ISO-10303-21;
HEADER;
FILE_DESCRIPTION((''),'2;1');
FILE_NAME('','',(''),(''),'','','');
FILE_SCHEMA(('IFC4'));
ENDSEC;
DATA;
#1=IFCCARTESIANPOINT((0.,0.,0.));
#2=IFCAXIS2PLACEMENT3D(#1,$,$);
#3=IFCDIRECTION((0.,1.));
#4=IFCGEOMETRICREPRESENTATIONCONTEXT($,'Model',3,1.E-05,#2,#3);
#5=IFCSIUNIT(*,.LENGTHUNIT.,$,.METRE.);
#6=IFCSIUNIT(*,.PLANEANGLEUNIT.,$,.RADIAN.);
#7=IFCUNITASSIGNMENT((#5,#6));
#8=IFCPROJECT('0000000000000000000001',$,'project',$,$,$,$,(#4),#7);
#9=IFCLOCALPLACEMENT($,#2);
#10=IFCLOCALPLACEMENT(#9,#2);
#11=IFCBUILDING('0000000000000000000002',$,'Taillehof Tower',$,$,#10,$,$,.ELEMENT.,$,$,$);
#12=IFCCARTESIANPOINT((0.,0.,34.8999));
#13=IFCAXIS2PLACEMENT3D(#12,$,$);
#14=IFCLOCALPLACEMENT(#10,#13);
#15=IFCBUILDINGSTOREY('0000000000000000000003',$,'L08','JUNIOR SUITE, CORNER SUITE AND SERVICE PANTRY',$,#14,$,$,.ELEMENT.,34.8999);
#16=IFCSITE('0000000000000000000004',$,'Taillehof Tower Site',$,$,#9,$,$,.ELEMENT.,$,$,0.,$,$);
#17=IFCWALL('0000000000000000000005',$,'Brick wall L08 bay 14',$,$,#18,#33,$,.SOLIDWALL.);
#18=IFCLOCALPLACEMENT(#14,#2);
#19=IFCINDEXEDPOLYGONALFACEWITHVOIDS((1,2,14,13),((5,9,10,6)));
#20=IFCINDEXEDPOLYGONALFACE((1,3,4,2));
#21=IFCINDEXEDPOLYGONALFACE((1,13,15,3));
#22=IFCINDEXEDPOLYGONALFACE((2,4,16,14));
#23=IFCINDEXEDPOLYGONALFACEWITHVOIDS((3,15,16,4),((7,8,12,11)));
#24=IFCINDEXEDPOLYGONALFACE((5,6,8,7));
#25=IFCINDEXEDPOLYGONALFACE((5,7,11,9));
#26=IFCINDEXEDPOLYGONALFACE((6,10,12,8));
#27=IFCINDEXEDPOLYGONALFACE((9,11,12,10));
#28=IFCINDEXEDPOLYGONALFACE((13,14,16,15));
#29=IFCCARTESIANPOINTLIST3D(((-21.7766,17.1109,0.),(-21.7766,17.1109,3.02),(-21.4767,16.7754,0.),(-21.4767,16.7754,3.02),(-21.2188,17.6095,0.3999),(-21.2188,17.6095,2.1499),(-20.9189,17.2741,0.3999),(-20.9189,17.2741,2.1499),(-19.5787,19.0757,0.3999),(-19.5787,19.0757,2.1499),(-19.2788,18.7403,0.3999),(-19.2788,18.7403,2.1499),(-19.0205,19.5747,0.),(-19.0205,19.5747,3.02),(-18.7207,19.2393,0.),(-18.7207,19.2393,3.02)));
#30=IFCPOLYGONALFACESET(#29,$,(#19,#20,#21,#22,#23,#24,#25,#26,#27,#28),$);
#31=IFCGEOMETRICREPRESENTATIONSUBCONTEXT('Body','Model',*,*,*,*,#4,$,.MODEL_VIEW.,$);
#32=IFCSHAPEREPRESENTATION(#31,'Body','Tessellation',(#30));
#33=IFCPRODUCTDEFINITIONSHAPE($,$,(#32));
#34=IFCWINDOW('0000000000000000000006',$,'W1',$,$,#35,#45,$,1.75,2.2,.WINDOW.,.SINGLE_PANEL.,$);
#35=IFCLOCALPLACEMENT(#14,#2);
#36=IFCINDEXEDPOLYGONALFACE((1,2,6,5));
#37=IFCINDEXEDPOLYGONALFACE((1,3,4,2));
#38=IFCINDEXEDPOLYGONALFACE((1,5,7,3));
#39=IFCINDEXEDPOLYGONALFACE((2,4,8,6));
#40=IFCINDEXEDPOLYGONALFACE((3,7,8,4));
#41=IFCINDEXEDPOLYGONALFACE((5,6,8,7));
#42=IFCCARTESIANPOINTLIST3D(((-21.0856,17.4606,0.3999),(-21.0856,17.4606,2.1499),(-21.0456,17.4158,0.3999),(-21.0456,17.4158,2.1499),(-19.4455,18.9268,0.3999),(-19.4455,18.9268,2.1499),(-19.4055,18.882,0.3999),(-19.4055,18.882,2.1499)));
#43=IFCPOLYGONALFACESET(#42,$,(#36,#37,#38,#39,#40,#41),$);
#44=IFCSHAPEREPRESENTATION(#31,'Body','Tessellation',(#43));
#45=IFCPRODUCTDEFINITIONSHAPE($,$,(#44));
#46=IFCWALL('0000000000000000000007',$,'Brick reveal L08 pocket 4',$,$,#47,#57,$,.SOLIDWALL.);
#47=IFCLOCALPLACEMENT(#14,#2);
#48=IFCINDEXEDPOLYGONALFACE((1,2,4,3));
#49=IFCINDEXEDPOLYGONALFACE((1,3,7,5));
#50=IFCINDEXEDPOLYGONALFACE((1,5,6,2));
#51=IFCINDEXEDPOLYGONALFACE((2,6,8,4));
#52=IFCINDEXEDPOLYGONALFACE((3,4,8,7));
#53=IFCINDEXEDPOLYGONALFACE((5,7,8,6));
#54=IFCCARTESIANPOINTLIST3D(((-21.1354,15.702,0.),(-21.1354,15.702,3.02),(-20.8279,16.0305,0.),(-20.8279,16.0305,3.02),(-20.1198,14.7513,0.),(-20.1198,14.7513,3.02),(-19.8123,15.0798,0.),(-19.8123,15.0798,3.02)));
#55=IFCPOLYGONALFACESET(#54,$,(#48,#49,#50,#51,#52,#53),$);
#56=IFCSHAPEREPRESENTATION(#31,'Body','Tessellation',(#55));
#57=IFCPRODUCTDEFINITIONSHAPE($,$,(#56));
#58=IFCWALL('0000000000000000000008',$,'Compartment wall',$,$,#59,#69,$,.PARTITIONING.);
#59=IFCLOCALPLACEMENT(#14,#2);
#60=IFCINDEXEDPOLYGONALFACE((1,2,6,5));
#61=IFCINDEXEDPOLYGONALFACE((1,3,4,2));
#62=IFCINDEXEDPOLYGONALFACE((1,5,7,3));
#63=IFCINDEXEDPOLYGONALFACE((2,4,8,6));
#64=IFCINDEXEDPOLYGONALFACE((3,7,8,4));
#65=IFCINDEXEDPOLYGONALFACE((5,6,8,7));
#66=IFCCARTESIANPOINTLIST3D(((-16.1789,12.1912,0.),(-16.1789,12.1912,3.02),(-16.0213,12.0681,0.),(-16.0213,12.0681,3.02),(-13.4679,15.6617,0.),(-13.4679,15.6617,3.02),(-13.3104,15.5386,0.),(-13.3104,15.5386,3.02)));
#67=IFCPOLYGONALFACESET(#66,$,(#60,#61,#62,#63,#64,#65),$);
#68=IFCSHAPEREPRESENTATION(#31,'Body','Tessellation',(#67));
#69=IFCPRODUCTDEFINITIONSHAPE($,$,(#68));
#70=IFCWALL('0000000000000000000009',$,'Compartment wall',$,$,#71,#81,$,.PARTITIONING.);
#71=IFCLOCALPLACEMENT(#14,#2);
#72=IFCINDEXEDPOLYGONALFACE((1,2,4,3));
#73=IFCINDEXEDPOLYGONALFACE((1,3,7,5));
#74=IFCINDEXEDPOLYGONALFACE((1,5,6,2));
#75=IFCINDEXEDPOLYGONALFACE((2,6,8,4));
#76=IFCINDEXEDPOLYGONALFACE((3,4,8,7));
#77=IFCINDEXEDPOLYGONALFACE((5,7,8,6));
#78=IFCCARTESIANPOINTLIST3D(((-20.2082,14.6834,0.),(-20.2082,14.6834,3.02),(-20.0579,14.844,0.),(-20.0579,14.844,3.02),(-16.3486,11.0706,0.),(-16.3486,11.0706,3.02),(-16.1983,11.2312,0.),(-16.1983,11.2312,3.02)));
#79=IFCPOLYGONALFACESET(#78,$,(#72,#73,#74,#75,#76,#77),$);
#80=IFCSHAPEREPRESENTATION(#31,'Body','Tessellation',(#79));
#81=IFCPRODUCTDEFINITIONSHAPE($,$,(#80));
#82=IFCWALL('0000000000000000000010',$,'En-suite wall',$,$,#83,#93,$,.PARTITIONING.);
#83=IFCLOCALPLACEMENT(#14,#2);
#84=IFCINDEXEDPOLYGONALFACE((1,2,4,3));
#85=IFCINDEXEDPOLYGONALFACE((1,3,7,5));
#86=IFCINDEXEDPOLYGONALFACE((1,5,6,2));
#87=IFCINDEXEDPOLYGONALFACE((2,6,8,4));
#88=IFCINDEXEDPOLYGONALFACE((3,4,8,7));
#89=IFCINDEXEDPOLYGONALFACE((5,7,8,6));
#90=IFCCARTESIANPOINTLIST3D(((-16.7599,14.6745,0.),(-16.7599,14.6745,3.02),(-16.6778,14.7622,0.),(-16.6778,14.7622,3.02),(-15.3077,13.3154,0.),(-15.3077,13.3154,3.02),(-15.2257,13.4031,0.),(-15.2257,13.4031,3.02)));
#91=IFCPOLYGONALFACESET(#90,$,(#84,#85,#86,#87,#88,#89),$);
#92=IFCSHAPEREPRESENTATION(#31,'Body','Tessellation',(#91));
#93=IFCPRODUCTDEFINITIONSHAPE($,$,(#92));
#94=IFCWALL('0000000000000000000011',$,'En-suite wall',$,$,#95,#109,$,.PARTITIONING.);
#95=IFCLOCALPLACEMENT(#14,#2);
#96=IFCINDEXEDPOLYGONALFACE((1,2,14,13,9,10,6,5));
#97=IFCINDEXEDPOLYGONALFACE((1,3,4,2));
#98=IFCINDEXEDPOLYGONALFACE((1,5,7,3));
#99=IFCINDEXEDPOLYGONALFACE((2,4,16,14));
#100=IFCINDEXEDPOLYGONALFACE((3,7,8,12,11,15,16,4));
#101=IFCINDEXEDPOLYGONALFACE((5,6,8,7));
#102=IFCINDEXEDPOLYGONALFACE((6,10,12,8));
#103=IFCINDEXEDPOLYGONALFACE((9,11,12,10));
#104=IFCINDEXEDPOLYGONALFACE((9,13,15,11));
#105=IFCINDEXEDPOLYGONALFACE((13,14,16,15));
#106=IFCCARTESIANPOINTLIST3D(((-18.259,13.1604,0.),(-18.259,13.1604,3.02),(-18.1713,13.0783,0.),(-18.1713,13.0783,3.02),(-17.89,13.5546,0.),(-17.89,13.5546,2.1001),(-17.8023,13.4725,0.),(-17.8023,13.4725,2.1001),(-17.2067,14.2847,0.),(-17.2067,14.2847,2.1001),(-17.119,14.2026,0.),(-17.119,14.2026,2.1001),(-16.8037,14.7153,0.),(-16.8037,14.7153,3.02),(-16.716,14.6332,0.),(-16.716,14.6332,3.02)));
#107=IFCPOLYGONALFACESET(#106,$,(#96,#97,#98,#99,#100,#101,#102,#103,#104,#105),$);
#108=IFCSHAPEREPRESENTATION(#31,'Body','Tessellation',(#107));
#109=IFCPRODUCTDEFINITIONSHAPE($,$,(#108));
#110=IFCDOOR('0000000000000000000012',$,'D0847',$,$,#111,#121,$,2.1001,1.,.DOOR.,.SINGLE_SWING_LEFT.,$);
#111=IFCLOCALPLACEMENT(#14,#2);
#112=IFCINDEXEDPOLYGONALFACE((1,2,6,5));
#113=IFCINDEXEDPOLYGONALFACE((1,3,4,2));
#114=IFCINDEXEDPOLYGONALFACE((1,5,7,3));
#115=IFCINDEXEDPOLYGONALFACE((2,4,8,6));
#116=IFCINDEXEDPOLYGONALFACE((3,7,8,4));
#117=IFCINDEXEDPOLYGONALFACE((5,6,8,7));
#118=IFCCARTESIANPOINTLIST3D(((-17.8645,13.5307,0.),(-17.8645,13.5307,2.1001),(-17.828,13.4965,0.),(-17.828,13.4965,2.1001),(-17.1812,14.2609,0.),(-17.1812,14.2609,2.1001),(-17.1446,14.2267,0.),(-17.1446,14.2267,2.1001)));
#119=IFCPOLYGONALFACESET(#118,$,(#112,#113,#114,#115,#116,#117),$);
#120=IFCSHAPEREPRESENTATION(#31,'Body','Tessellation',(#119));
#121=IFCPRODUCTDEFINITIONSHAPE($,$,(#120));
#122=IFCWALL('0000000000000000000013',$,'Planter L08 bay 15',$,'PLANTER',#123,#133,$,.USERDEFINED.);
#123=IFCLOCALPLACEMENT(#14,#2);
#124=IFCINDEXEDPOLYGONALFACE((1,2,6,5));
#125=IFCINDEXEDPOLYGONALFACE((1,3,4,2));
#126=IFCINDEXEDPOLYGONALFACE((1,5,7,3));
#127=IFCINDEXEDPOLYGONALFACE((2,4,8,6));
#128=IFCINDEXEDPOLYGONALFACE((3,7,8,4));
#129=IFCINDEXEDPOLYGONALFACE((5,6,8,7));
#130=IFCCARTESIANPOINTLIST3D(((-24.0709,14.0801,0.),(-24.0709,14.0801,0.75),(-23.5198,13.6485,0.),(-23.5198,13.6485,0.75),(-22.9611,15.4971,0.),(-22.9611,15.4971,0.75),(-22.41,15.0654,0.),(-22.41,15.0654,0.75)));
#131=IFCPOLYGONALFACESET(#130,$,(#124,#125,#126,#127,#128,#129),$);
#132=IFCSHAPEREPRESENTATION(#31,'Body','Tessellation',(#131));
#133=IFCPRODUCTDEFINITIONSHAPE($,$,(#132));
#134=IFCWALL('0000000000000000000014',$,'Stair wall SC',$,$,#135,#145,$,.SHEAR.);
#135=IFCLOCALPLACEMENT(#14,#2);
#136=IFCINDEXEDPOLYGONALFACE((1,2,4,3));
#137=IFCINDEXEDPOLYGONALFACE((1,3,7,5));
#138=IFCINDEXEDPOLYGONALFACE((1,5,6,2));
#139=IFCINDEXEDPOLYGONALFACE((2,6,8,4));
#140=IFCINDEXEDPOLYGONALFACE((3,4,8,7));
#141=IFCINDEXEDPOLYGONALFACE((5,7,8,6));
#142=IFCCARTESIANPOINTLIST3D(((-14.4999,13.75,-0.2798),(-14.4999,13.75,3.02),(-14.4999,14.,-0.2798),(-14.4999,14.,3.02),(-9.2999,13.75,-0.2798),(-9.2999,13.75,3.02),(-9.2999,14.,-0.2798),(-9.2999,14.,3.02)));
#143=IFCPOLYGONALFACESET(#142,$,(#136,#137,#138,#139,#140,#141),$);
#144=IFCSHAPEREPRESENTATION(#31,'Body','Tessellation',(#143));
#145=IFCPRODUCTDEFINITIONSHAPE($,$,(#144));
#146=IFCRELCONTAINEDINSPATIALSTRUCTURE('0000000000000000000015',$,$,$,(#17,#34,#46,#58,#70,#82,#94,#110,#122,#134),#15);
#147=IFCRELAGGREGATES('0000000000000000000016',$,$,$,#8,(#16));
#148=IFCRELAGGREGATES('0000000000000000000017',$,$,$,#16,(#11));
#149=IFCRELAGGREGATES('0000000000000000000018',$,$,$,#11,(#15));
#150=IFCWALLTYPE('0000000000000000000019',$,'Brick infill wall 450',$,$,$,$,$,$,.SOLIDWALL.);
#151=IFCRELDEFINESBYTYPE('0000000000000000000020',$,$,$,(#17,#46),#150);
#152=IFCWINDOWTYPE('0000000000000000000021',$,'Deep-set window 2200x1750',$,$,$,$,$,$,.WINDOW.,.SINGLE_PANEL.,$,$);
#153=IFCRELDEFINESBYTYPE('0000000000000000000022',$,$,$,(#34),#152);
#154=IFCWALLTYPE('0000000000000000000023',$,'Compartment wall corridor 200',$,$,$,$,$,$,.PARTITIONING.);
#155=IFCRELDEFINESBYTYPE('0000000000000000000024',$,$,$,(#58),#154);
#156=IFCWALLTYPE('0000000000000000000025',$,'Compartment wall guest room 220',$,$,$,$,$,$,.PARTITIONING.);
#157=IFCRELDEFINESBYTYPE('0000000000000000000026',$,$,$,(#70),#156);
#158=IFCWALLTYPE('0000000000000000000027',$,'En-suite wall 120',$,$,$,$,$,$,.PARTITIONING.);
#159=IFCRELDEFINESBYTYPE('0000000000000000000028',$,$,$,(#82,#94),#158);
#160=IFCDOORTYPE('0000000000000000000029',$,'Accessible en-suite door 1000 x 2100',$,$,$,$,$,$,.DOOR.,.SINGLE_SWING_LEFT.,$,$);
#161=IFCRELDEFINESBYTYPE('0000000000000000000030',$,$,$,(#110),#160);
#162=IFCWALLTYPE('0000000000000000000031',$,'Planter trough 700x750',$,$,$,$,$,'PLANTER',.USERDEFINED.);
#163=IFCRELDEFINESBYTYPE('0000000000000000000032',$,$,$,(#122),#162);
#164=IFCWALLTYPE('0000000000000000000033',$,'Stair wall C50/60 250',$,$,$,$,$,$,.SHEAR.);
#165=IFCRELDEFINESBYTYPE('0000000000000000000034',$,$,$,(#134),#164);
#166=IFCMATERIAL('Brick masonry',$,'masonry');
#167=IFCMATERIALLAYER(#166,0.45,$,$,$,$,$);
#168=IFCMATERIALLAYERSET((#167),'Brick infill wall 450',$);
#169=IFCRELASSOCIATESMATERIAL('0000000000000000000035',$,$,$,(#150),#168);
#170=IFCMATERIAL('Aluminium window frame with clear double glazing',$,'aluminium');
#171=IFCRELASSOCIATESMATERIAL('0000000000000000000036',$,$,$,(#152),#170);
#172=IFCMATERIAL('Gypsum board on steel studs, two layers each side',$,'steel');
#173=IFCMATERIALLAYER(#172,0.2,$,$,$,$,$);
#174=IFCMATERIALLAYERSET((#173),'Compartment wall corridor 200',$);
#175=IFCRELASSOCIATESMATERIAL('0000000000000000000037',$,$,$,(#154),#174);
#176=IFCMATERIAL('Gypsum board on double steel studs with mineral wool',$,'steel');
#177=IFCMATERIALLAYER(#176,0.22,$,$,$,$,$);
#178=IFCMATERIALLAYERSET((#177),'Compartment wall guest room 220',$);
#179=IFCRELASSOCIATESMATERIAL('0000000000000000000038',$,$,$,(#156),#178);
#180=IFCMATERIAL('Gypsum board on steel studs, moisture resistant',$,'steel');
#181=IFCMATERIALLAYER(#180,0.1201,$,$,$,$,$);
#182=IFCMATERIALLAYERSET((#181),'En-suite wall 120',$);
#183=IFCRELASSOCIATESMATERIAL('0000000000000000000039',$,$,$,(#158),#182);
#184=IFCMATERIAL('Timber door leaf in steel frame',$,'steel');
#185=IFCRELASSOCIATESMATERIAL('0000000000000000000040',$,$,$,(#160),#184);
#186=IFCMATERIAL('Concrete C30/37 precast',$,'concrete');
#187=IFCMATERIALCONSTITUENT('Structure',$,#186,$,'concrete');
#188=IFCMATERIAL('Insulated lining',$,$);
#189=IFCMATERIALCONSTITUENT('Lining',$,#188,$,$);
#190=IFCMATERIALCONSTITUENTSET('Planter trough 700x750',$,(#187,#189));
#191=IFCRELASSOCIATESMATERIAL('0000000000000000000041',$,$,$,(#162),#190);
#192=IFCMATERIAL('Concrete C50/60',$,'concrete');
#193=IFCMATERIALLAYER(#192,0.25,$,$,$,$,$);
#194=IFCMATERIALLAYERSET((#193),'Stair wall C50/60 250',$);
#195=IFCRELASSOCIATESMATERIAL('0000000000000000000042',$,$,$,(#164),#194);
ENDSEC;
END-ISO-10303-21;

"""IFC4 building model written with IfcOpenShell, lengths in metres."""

from ifc_helpers import new_model, si_unit, direction, frame, frame_2d, origin, place, context, subcontext, project, spatial, rectangle, extrude, material, layer, layer_set, constituent, constituent_set, type_object, element, fill, save


model = new_model("IFC4")

# Units and contexts
model_context = context("Model", 3, precision=1e-05, world=origin(), true_north=direction((0.0, 1.0)))
body_context = subcontext(model_context, "Body", "Model", "MODEL_VIEW")
ifc_project = project(units=[si_unit("LENGTHUNIT", "METRE"), si_unit("PLANEANGLEUNIT", "RADIAN")], contexts=[model_context])

# Site, building, storey
site_placement = place(None, origin())
site = spatial("IfcSite", under=ifc_project, at=site_placement, Name="Taillehof Tower Site", CompositionType="ELEMENT", RefElevation=0.0)
building_placement = place(site_placement, origin())
building = spatial("IfcBuilding", under=site, at=building_placement, Name="Taillehof Tower", CompositionType="ELEMENT")
storey_placement = place(building_placement, frame((0.0, 0.0, 34.8999)))
storey = spatial("IfcBuildingStorey", under=building, at=storey_placement, Name="L08", Description="JUNIOR SUITE, CORNER SUITE AND SERVICE PANTRY", CompositionType="ELEMENT", Elevation=34.8999)

# Wall, opening, window
ifc_material_1 = material(Name="Brick masonry", Category="masonry")
ifc_layer_1 = layer(ifc_material_1, 0.45)
ifc_layer_set_1 = layer_set([ifc_layer_1], Name="Brick infill wall 450")
wall_type_1 = type_object("IfcWallType", Name="Brick infill wall 450", PredefinedType="SOLIDWALL", material=ifc_layer_set_1)
ifc_material_2 = material(Name="Aluminium window frame with clear double glazing", Category="aluminium")
window_type_1 = type_object("IfcWindowType", Name="Deep-set window 2200x1750", PartitioningType="SINGLE_PANEL", PredefinedType="WINDOW", material=ifc_material_2)
wall_1_placement = place(storey_placement, frame((-18.8706, 19.407, 0.0), z_axis=(0.0, 0.0, 1.0), x_axis=(-0.745526, -0.666476, 0.0)))
wall_1 = element("IfcWall", 1, at=wall_1_placement, inside=storey, type_object=wall_type_1, Name="Brick wall L08 bay 14", PredefinedType="SOLIDWALL", context=body_context, shape_type="SweptSolid", body=[
    extrude(rectangle(XDim=3.6968, YDim=0.45, at=frame_2d((1.8484, 0.0))), origin(), (0.0, 0.0, 1.0), 3.02),
])
opening_1_placement = place(wall_1_placement, frame((0.7485, 0.0, 0.3999)))
opening_1 = element("IfcOpeningElement", 2, at=opening_1_placement, cuts=wall_1, PredefinedType="OPENING", context=body_context, shape_type="SweptSolid", body=[
    extrude(rectangle(XDim=2.2, YDim=1.75, at=frame_2d((1.1001, 0.875))), frame((0.0, 0.2349, 0.0), z_axis=(0.0, -1.0, 0.0), x_axis=(1.0, 0.0, 0.0)), (0.0, 0.0, 1.0), 0.47),
])
window_1_placement = place(opening_1_placement, origin())
window_1 = element("IfcWindow", 3, at=window_1_placement, inside=storey, type_object=window_type_1, Name="W1", OverallHeight=1.75, OverallWidth=2.2, PartitioningType="SINGLE_PANEL", PredefinedType="WINDOW", context=body_context, shape_type="SweptSolid", body=[
    extrude(rectangle(XDim=2.2, YDim=1.75, at=frame_2d((1.1001, 0.875))), frame((0.0, 0.0349, 0.0), z_axis=(0.0, -1.0, 0.0), x_axis=(1.0, 0.0, 0.0)), (0.0, 0.0, 1.0), 0.0601),
])
fill(opening_1, window_1)

# Wall
wall_2_placement = place(storey_placement, frame((-20.9817, 15.8662, 0.0), z_axis=(0.0, 0.0, 1.0), x_axis=(0.730062, -0.683381, 0.0)))
element("IfcWall", 4, at=wall_2_placement, inside=storey, type_object=wall_type_1, Name="Brick reveal L08 pocket 4", PredefinedType="SOLIDWALL", context=body_context, shape_type="SweptSolid", body=[
    extrude(rectangle(XDim=1.3911, YDim=0.45, at=frame_2d((0.6956, 0.0))), origin(), (0.0, 0.0, 1.0), 3.02),
])

# Walls
ifc_material_3 = material(Name="Gypsum board on steel studs, two layers each side", Category="steel")
ifc_layer_2 = layer(ifc_material_3, 0.2)
ifc_layer_set_2 = layer_set([ifc_layer_2], Name="Compartment wall corridor 200")
wall_type_2 = type_object("IfcWallType", Name="Compartment wall corridor 200", PredefinedType="PARTITIONING", material=ifc_layer_set_2)
wall_3_placement = place(storey_placement, frame((-16.1001, 12.1296, 0.0), z_axis=(0.0, 0.0, 1.0), x_axis=(0.615593, 0.788064, 0.0)))
element("IfcWall", 5, at=wall_3_placement, inside=storey, type_object=wall_type_2, Name="Compartment wall", PredefinedType="PARTITIONING", context=body_context, shape_type="SweptSolid", body=[
    extrude(rectangle(XDim=4.4038, YDim=0.2, at=frame_2d((2.2019, 0.0))), origin(), (0.0, 0.0, 1.0), 3.02),
])
ifc_material_4 = material(Name="Gypsum board on double steel studs with mineral wool", Category="steel")
ifc_layer_3 = layer(ifc_material_4, 0.22)
ifc_layer_set_3 = layer_set([ifc_layer_3], Name="Compartment wall guest room 220")
wall_type_3 = type_object("IfcWallType", Name="Compartment wall guest room 220", PredefinedType="PARTITIONING", material=ifc_layer_set_3)
wall_4_placement = place(storey_placement, frame((-20.1331, 14.7637, 0.0), z_axis=(0.0, 0.0, 1.0), x_axis=(0.730066, -0.683377, 0.0)))
element("IfcWall", 6, at=wall_4_placement, inside=storey, type_object=wall_type_3, Name="Compartment wall", PredefinedType="PARTITIONING", context=body_context, shape_type="SweptSolid", body=[
    extrude(rectangle(XDim=5.2866, YDim=0.22, at=frame_2d((2.6433, 0.0))), origin(), (0.0, 0.0, 1.0), 3.02),
])
ifc_material_5 = material(Name="Gypsum board on steel studs, moisture resistant", Category="steel")
ifc_layer_4 = layer(ifc_material_5, 0.1201)
ifc_layer_set_4 = layer_set([ifc_layer_4], Name="En-suite wall 120")
wall_type_4 = type_object("IfcWallType", Name="En-suite wall 120", PredefinedType="PARTITIONING", material=ifc_layer_set_4)
wall_5_placement = place(storey_placement, frame((-15.2666, 13.3591, 0.0), z_axis=(0.0, 0.0, 1.0), x_axis=(-0.730103, 0.683337, 0.0)))
element("IfcWall", 7, at=wall_5_placement, inside=storey, type_object=wall_type_4, Name="En-suite wall", PredefinedType="PARTITIONING", context=body_context, shape_type="SweptSolid", body=[
    extrude(rectangle(XDim=1.989, YDim=0.1201, at=frame_2d((0.9946, 0.0))), origin(), (0.0, 0.0, 1.0), 3.02),
])

# Wall, opening, door
wall_6_placement = place(storey_placement, frame((-16.7598, 14.6743, 0.0), z_axis=(0.0, 0.0, 1.0), x_axis=(-0.683335, -0.730105, 0.0)))
wall_6 = element("IfcWall", 8, at=wall_6_placement, inside=storey, type_object=wall_type_4, Name="En-suite wall", PredefinedType="PARTITIONING", context=body_context, shape_type="SweptSolid", body=[
    extrude(rectangle(XDim=2.1296, YDim=0.1201, at=frame_2d((1.0649, 0.0))), origin(), (0.0, 0.0, 1.0), 3.02),
])
opening_2_placement = place(wall_6_placement, frame((0.5898, 0.0, 0.0)))
opening_2 = element("IfcOpeningElement", 9, at=opening_2_placement, cuts=wall_6, PredefinedType="OPENING", context=body_context, shape_type="SweptSolid", body=[
    extrude(rectangle(XDim=1.0, YDim=2.1001, at=frame_2d((0.5, 1.05))), frame((0.0, 0.0701, 0.0), z_axis=(0.0, -1.0, 0.0), x_axis=(1.0, 0.0, 0.0)), (0.0, 0.0, 1.0), 0.1401),
])
ifc_material_6 = material(Name="Timber door leaf in steel frame", Category="steel")
door_type_1 = type_object("IfcDoorType", Name="Accessible en-suite door 1000 x 2100", OperationType="SINGLE_SWING_LEFT", PredefinedType="DOOR", material=ifc_material_6)
door_1_placement = place(opening_2_placement, origin())
door_1 = element("IfcDoor", 10, at=door_1_placement, inside=storey, type_object=door_type_1, Name="D0847", OperationType="SINGLE_SWING_LEFT", OverallHeight=2.1001, OverallWidth=1.0, PredefinedType="DOOR", context=body_context, shape_type="SweptSolid", body=[
    extrude(rectangle(XDim=1.0, YDim=2.1001, at=frame_2d((0.5, 1.05))), frame((0.0, 0.0249, 0.0), z_axis=(0.0, -1.0, 0.0), x_axis=(1.0, 0.0, 0.0)), (0.0, 0.0, 1.0), 0.05),
])
fill(opening_2, door_1)

# Walls
ifc_material_7 = material(Name="Concrete C30/37 precast", Category="concrete")
ifc_constituent_1 = constituent(ifc_material_7, Name="Structure", Category="concrete")
ifc_material_8 = material(Name="Insulated lining")
ifc_constituent_2 = constituent(ifc_material_8, Name="Lining")
ifc_constituent_set = constituent_set(constituents=[ifc_constituent_1, ifc_constituent_2], Name="Planter trough 700x750")
wall_type_5 = type_object("IfcWallType", Name="Planter trough 700x750", ElementType="PLANTER", PredefinedType="USERDEFINED", material=ifc_constituent_set)
wall_7_placement = place(storey_placement, frame((-22.6855, 15.2812, 0.0), z_axis=(0.0, 0.0, 1.0), x_axis=(-0.616623, -0.787259, 0.0)))
element("IfcWall", 11, at=wall_7_placement, inside=storey, type_object=wall_type_5, Name="Planter L08 bay 15", ObjectType="PLANTER", PredefinedType="USERDEFINED", context=body_context, shape_type="SweptSolid", body=[
    extrude(rectangle(XDim=1.7998, YDim=0.7, at=frame_2d((0.8999, 0.0))), origin(), (0.0, 0.0, 1.0), 0.75),
])
ifc_material_9 = material(Name="Concrete C50/60", Category="concrete")
ifc_layer_5 = layer(ifc_material_9, 0.25)
ifc_layer_set_5 = layer_set([ifc_layer_5], Name="Stair wall C50/60 250")
wall_type_6 = type_object("IfcWallType", Name="Stair wall C50/60 250", PredefinedType="SHEAR", material=ifc_layer_set_5)
wall_8_placement = place(storey_placement, frame((-14.5, 13.875, -0.2798), z_axis=(0.0, 0.0, 1.0), x_axis=(1.0, 0.0, 0.0)))
element("IfcWall", 12, at=wall_8_placement, inside=storey, type_object=wall_type_6, Name="Stair wall SC", PredefinedType="SHEAR", context=body_context, shape_type="SweptSolid", body=[
    extrude(rectangle(XDim=5.2, YDim=0.25, at=frame_2d((2.6001, 0.0))), origin(), (0.0, 0.0, 1.0), 3.2998),
])

save(model, "model.ifc")
